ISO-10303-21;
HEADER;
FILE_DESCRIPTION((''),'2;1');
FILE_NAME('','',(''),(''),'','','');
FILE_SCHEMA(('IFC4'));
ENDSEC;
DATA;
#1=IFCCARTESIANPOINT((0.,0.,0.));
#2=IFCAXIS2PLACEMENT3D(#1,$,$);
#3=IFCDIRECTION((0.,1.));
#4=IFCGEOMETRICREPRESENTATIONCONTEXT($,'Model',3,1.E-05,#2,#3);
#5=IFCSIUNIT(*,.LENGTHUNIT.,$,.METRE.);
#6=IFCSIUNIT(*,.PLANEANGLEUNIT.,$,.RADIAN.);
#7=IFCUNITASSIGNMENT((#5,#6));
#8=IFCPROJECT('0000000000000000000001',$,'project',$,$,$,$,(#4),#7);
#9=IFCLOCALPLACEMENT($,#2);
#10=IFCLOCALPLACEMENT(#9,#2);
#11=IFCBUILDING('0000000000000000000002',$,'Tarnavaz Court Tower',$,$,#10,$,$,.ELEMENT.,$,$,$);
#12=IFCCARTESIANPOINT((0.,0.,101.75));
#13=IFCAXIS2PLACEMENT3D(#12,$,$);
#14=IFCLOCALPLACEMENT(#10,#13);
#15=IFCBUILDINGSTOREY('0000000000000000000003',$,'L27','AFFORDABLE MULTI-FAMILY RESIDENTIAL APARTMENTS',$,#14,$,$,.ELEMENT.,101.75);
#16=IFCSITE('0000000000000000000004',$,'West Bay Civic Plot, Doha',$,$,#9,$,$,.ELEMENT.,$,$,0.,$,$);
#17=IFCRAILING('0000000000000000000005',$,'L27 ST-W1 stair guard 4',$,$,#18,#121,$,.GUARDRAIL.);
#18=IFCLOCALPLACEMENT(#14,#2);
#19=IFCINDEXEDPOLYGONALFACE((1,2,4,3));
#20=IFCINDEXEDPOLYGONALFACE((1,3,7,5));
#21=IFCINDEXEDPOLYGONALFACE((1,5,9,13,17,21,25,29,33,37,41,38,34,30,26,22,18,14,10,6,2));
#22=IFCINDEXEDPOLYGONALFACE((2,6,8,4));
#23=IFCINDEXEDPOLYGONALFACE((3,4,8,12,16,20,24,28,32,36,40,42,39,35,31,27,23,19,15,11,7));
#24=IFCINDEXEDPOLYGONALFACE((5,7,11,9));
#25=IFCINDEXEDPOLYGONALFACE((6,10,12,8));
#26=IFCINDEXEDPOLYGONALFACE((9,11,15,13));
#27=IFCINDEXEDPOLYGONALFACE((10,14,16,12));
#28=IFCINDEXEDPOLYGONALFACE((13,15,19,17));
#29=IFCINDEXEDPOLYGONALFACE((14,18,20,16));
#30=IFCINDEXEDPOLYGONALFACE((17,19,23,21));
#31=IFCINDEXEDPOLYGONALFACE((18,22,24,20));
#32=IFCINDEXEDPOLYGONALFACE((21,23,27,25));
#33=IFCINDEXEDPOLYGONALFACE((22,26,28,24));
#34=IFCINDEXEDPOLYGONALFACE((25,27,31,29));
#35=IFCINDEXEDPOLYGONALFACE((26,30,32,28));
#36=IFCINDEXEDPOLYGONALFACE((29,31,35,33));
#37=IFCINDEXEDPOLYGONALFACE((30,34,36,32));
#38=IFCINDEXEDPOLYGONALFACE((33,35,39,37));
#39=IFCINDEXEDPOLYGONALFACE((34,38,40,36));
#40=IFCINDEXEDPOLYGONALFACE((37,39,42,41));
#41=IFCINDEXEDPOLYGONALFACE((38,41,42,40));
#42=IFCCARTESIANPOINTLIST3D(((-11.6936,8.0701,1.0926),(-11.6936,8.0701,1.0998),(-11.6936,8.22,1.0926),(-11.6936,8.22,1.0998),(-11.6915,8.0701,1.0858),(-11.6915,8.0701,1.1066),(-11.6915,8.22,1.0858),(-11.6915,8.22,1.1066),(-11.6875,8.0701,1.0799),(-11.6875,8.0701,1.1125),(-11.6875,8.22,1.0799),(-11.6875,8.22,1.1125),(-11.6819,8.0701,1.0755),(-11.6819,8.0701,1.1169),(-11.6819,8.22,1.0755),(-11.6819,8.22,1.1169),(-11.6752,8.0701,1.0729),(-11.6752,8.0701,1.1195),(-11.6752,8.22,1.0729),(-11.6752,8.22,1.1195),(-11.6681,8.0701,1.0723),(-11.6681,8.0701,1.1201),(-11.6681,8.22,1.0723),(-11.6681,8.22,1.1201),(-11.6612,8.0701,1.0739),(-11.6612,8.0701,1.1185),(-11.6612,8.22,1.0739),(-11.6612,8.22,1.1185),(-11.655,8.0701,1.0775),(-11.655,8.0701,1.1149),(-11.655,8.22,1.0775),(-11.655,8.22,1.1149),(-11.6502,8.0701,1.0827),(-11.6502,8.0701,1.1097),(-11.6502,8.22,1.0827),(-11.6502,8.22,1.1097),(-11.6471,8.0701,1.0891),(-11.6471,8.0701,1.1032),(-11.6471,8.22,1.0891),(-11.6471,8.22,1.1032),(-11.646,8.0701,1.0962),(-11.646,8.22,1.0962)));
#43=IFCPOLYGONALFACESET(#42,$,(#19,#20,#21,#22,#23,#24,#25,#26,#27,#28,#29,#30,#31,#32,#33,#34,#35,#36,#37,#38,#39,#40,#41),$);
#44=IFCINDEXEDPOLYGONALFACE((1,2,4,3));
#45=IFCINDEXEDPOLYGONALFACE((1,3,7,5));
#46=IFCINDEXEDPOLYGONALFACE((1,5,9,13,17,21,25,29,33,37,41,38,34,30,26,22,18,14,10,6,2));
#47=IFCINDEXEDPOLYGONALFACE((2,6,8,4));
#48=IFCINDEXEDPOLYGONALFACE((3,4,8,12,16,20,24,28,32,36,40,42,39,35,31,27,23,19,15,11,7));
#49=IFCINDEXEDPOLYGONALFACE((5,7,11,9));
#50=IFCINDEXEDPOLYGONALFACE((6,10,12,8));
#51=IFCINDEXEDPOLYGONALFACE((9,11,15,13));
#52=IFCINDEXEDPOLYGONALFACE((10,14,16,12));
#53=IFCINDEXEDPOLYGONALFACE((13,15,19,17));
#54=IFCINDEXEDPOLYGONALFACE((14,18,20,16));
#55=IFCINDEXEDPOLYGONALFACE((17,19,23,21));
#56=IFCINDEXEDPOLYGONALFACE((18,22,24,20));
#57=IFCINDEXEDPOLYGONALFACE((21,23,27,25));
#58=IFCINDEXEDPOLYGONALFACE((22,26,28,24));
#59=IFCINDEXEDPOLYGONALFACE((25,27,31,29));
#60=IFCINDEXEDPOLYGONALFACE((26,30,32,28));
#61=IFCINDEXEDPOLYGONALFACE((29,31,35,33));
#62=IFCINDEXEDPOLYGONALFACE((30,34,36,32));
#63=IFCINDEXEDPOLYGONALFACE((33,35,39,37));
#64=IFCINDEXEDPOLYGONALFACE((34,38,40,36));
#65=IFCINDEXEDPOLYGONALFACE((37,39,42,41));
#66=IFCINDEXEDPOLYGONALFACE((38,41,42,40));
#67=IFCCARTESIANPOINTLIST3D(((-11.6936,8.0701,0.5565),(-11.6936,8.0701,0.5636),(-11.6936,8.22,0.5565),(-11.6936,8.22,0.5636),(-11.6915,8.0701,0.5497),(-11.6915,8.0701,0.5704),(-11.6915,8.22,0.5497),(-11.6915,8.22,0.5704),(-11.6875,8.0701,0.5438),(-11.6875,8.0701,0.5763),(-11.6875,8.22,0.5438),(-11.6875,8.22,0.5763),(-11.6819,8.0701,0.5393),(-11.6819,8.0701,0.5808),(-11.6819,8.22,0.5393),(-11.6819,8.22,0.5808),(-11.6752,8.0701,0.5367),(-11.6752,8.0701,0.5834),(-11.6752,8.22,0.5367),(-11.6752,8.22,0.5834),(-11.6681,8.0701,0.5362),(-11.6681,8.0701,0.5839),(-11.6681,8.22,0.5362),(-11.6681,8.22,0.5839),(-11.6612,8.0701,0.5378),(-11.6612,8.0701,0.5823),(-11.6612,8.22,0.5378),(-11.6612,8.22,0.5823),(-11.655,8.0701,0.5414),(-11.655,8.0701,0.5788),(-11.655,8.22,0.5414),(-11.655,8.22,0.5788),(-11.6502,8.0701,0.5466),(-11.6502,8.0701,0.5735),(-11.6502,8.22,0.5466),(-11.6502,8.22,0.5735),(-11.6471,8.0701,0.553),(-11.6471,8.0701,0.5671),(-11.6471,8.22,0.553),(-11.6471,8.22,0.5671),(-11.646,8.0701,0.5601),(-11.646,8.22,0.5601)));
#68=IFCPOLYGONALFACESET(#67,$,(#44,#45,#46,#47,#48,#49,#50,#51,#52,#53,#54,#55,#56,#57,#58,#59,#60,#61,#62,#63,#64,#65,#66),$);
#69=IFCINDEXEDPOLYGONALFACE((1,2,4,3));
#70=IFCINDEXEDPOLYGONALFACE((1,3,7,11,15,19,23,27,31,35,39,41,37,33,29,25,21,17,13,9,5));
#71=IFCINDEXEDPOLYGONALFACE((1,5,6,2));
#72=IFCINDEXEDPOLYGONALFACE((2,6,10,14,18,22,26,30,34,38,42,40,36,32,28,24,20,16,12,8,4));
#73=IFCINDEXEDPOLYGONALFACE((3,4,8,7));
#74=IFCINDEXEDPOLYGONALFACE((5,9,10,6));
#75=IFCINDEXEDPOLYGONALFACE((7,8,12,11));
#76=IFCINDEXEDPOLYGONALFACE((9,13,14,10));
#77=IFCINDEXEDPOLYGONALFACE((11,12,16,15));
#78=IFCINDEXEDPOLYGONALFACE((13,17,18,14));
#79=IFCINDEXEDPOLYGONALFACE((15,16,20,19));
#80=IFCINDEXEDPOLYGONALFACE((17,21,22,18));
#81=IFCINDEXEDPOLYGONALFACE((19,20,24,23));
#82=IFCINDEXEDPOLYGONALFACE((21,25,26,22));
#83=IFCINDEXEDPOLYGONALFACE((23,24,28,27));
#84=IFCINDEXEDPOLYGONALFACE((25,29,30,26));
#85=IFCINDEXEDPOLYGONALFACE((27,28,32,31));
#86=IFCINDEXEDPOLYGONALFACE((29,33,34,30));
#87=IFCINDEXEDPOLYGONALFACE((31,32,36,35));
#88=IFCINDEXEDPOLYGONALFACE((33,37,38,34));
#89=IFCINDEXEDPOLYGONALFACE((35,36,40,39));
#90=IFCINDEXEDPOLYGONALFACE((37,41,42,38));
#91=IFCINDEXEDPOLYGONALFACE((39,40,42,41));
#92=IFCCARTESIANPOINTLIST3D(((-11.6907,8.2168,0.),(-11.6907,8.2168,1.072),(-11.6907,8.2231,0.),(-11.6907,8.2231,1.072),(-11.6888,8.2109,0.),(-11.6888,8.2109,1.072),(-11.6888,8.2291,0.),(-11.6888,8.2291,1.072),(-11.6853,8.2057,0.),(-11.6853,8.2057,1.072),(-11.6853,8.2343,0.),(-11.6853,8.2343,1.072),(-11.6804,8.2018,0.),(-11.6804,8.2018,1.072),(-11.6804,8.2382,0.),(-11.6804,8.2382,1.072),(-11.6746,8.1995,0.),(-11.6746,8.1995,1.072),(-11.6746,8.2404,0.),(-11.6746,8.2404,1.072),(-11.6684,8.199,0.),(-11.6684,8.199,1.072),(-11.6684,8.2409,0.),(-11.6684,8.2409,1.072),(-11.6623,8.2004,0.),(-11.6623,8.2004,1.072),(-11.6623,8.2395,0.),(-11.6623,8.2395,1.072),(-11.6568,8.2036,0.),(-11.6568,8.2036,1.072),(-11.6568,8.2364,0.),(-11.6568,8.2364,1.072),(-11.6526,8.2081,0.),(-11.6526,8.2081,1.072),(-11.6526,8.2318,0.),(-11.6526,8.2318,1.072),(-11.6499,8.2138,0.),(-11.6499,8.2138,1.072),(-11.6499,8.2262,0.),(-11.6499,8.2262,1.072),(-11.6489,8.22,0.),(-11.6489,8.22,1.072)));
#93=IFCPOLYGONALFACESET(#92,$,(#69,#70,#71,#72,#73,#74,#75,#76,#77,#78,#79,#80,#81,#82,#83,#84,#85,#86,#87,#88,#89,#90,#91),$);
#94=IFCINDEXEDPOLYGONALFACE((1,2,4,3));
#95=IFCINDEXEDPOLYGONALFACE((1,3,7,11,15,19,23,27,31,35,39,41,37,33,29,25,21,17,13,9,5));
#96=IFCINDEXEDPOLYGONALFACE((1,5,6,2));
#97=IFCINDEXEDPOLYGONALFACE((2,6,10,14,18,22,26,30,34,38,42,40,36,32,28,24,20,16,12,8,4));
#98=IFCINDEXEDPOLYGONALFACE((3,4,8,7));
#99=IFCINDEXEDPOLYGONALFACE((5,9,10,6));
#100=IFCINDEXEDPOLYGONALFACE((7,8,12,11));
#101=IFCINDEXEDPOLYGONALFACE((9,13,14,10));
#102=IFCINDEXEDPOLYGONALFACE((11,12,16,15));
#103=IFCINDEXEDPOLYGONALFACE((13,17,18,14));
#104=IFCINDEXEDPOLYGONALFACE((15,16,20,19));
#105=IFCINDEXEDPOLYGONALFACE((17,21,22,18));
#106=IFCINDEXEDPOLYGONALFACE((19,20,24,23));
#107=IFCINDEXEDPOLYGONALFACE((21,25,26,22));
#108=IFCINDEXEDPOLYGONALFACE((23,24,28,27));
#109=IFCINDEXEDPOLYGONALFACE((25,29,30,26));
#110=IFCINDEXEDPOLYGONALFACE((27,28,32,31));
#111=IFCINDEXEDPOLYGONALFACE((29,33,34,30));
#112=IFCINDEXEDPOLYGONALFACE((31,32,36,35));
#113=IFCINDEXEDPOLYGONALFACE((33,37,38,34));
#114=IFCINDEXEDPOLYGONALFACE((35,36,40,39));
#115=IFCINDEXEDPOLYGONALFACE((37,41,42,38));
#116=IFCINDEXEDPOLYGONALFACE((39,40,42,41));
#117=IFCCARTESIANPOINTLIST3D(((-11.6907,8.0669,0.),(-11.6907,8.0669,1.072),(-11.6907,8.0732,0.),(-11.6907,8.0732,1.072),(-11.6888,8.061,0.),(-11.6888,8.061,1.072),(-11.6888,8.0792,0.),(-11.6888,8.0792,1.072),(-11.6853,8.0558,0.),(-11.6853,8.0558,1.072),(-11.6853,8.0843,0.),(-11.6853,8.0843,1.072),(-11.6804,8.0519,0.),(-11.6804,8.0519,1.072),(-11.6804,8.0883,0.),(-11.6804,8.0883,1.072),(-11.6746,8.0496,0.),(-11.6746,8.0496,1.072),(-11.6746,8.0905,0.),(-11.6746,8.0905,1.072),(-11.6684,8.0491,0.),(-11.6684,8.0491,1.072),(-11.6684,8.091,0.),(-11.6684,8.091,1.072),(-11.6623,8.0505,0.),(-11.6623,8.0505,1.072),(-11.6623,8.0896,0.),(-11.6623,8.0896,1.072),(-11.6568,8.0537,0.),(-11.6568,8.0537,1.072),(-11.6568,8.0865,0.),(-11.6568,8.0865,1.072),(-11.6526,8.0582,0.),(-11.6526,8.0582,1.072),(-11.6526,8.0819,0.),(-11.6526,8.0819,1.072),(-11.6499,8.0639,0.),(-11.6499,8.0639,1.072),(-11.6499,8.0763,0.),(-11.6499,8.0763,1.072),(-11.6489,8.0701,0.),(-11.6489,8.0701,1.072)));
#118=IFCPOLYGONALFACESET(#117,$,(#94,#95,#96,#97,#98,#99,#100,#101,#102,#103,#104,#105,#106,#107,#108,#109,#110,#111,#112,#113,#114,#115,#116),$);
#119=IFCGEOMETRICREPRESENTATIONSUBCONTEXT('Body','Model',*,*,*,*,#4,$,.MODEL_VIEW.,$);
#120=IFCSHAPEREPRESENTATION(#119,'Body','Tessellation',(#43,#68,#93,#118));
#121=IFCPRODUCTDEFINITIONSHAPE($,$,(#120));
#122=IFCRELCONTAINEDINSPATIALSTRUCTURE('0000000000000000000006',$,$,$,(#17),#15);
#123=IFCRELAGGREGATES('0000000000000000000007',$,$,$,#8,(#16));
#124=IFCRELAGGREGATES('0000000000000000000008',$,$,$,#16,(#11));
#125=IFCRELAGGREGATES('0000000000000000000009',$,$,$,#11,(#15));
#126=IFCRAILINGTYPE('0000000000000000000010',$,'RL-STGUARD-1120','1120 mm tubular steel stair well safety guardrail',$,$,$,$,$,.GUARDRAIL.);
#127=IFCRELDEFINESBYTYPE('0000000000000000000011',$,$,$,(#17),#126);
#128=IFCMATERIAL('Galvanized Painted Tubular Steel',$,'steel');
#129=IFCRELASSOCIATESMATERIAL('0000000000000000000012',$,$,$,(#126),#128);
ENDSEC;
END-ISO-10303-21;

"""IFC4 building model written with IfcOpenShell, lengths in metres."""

from ifc_helpers import new_model, si_unit, direction, frame, origin, origin_2d, place, context, subcontext, project, spatial, circle, extrude, material, type_object, element, save


model = new_model("IFC4")

# Units and contexts
model_context = context("Model", 3, precision=1e-05, world=origin(), true_north=direction((0.0, 1.0)))
body_context = subcontext(model_context, "Body", "Model", "MODEL_VIEW")
ifc_project = project(units=[si_unit("LENGTHUNIT", "METRE"), si_unit("PLANEANGLEUNIT", "RADIAN")], contexts=[model_context])

# Site, building, storey
site_placement = place(None, origin())
site = spatial("IfcSite", under=ifc_project, at=site_placement, Name="West Bay Civic Plot, Doha", CompositionType="ELEMENT", RefElevation=0.0)
building_placement = place(site_placement, origin())
building = spatial("IfcBuilding", under=site, at=building_placement, Name="Tarnavaz Court Tower", CompositionType="ELEMENT")
storey_placement = place(building_placement, frame((0.0, 0.0, 101.75)))
storey = spatial("IfcBuildingStorey", under=building, at=storey_placement, Name="L27", Description="AFFORDABLE MULTI-FAMILY RESIDENTIAL APARTMENTS", CompositionType="ELEMENT", Elevation=101.75)

# Railing
ifc_material_1 = material(Name="Galvanized Painted Tubular Steel", Category="steel")
railing_type_1 = type_object("IfcRailingType", Name="RL-STGUARD-1120", Description="1120 mm tubular steel stair well safety guardrail", PredefinedType="GUARDRAIL", material=ifc_material_1)
railing_1_placement = place(storey_placement, frame((-11.6699, 8.22, 0.0)))
element("IfcRailing", 1, at=railing_1_placement, inside=storey, type_object=railing_type_1, Name="L27 ST-W1 stair guard 4", PredefinedType="GUARDRAIL", context=body_context, shape_type="SweptSolid", body=[
    extrude(circle(Radius=0.0239, at=origin_2d()), frame((0.0, 0.0, 1.0962), z_axis=(0.0, -1.0, 0.0), x_axis=(1.0, 0.0, 0.0)), (0.0, 0.0, 1.0), 0.1499),
    extrude(circle(Radius=0.0239, at=origin_2d()), frame((0.0, 0.0, 0.5601), z_axis=(0.0, -1.0, 0.0), x_axis=(1.0, 0.0, 0.0)), (0.0, 0.0, 1.0), 0.1499),
    extrude(circle(Radius=0.021, at=origin_2d()), origin(), (0.0, 0.0, 1.0), 1.072),
    extrude(circle(Radius=0.021, at=origin_2d()), frame((0.0, -0.1499, 0.0)), (0.0, 0.0, 1.0), 1.072),
])

save(model, "model.ifc")
